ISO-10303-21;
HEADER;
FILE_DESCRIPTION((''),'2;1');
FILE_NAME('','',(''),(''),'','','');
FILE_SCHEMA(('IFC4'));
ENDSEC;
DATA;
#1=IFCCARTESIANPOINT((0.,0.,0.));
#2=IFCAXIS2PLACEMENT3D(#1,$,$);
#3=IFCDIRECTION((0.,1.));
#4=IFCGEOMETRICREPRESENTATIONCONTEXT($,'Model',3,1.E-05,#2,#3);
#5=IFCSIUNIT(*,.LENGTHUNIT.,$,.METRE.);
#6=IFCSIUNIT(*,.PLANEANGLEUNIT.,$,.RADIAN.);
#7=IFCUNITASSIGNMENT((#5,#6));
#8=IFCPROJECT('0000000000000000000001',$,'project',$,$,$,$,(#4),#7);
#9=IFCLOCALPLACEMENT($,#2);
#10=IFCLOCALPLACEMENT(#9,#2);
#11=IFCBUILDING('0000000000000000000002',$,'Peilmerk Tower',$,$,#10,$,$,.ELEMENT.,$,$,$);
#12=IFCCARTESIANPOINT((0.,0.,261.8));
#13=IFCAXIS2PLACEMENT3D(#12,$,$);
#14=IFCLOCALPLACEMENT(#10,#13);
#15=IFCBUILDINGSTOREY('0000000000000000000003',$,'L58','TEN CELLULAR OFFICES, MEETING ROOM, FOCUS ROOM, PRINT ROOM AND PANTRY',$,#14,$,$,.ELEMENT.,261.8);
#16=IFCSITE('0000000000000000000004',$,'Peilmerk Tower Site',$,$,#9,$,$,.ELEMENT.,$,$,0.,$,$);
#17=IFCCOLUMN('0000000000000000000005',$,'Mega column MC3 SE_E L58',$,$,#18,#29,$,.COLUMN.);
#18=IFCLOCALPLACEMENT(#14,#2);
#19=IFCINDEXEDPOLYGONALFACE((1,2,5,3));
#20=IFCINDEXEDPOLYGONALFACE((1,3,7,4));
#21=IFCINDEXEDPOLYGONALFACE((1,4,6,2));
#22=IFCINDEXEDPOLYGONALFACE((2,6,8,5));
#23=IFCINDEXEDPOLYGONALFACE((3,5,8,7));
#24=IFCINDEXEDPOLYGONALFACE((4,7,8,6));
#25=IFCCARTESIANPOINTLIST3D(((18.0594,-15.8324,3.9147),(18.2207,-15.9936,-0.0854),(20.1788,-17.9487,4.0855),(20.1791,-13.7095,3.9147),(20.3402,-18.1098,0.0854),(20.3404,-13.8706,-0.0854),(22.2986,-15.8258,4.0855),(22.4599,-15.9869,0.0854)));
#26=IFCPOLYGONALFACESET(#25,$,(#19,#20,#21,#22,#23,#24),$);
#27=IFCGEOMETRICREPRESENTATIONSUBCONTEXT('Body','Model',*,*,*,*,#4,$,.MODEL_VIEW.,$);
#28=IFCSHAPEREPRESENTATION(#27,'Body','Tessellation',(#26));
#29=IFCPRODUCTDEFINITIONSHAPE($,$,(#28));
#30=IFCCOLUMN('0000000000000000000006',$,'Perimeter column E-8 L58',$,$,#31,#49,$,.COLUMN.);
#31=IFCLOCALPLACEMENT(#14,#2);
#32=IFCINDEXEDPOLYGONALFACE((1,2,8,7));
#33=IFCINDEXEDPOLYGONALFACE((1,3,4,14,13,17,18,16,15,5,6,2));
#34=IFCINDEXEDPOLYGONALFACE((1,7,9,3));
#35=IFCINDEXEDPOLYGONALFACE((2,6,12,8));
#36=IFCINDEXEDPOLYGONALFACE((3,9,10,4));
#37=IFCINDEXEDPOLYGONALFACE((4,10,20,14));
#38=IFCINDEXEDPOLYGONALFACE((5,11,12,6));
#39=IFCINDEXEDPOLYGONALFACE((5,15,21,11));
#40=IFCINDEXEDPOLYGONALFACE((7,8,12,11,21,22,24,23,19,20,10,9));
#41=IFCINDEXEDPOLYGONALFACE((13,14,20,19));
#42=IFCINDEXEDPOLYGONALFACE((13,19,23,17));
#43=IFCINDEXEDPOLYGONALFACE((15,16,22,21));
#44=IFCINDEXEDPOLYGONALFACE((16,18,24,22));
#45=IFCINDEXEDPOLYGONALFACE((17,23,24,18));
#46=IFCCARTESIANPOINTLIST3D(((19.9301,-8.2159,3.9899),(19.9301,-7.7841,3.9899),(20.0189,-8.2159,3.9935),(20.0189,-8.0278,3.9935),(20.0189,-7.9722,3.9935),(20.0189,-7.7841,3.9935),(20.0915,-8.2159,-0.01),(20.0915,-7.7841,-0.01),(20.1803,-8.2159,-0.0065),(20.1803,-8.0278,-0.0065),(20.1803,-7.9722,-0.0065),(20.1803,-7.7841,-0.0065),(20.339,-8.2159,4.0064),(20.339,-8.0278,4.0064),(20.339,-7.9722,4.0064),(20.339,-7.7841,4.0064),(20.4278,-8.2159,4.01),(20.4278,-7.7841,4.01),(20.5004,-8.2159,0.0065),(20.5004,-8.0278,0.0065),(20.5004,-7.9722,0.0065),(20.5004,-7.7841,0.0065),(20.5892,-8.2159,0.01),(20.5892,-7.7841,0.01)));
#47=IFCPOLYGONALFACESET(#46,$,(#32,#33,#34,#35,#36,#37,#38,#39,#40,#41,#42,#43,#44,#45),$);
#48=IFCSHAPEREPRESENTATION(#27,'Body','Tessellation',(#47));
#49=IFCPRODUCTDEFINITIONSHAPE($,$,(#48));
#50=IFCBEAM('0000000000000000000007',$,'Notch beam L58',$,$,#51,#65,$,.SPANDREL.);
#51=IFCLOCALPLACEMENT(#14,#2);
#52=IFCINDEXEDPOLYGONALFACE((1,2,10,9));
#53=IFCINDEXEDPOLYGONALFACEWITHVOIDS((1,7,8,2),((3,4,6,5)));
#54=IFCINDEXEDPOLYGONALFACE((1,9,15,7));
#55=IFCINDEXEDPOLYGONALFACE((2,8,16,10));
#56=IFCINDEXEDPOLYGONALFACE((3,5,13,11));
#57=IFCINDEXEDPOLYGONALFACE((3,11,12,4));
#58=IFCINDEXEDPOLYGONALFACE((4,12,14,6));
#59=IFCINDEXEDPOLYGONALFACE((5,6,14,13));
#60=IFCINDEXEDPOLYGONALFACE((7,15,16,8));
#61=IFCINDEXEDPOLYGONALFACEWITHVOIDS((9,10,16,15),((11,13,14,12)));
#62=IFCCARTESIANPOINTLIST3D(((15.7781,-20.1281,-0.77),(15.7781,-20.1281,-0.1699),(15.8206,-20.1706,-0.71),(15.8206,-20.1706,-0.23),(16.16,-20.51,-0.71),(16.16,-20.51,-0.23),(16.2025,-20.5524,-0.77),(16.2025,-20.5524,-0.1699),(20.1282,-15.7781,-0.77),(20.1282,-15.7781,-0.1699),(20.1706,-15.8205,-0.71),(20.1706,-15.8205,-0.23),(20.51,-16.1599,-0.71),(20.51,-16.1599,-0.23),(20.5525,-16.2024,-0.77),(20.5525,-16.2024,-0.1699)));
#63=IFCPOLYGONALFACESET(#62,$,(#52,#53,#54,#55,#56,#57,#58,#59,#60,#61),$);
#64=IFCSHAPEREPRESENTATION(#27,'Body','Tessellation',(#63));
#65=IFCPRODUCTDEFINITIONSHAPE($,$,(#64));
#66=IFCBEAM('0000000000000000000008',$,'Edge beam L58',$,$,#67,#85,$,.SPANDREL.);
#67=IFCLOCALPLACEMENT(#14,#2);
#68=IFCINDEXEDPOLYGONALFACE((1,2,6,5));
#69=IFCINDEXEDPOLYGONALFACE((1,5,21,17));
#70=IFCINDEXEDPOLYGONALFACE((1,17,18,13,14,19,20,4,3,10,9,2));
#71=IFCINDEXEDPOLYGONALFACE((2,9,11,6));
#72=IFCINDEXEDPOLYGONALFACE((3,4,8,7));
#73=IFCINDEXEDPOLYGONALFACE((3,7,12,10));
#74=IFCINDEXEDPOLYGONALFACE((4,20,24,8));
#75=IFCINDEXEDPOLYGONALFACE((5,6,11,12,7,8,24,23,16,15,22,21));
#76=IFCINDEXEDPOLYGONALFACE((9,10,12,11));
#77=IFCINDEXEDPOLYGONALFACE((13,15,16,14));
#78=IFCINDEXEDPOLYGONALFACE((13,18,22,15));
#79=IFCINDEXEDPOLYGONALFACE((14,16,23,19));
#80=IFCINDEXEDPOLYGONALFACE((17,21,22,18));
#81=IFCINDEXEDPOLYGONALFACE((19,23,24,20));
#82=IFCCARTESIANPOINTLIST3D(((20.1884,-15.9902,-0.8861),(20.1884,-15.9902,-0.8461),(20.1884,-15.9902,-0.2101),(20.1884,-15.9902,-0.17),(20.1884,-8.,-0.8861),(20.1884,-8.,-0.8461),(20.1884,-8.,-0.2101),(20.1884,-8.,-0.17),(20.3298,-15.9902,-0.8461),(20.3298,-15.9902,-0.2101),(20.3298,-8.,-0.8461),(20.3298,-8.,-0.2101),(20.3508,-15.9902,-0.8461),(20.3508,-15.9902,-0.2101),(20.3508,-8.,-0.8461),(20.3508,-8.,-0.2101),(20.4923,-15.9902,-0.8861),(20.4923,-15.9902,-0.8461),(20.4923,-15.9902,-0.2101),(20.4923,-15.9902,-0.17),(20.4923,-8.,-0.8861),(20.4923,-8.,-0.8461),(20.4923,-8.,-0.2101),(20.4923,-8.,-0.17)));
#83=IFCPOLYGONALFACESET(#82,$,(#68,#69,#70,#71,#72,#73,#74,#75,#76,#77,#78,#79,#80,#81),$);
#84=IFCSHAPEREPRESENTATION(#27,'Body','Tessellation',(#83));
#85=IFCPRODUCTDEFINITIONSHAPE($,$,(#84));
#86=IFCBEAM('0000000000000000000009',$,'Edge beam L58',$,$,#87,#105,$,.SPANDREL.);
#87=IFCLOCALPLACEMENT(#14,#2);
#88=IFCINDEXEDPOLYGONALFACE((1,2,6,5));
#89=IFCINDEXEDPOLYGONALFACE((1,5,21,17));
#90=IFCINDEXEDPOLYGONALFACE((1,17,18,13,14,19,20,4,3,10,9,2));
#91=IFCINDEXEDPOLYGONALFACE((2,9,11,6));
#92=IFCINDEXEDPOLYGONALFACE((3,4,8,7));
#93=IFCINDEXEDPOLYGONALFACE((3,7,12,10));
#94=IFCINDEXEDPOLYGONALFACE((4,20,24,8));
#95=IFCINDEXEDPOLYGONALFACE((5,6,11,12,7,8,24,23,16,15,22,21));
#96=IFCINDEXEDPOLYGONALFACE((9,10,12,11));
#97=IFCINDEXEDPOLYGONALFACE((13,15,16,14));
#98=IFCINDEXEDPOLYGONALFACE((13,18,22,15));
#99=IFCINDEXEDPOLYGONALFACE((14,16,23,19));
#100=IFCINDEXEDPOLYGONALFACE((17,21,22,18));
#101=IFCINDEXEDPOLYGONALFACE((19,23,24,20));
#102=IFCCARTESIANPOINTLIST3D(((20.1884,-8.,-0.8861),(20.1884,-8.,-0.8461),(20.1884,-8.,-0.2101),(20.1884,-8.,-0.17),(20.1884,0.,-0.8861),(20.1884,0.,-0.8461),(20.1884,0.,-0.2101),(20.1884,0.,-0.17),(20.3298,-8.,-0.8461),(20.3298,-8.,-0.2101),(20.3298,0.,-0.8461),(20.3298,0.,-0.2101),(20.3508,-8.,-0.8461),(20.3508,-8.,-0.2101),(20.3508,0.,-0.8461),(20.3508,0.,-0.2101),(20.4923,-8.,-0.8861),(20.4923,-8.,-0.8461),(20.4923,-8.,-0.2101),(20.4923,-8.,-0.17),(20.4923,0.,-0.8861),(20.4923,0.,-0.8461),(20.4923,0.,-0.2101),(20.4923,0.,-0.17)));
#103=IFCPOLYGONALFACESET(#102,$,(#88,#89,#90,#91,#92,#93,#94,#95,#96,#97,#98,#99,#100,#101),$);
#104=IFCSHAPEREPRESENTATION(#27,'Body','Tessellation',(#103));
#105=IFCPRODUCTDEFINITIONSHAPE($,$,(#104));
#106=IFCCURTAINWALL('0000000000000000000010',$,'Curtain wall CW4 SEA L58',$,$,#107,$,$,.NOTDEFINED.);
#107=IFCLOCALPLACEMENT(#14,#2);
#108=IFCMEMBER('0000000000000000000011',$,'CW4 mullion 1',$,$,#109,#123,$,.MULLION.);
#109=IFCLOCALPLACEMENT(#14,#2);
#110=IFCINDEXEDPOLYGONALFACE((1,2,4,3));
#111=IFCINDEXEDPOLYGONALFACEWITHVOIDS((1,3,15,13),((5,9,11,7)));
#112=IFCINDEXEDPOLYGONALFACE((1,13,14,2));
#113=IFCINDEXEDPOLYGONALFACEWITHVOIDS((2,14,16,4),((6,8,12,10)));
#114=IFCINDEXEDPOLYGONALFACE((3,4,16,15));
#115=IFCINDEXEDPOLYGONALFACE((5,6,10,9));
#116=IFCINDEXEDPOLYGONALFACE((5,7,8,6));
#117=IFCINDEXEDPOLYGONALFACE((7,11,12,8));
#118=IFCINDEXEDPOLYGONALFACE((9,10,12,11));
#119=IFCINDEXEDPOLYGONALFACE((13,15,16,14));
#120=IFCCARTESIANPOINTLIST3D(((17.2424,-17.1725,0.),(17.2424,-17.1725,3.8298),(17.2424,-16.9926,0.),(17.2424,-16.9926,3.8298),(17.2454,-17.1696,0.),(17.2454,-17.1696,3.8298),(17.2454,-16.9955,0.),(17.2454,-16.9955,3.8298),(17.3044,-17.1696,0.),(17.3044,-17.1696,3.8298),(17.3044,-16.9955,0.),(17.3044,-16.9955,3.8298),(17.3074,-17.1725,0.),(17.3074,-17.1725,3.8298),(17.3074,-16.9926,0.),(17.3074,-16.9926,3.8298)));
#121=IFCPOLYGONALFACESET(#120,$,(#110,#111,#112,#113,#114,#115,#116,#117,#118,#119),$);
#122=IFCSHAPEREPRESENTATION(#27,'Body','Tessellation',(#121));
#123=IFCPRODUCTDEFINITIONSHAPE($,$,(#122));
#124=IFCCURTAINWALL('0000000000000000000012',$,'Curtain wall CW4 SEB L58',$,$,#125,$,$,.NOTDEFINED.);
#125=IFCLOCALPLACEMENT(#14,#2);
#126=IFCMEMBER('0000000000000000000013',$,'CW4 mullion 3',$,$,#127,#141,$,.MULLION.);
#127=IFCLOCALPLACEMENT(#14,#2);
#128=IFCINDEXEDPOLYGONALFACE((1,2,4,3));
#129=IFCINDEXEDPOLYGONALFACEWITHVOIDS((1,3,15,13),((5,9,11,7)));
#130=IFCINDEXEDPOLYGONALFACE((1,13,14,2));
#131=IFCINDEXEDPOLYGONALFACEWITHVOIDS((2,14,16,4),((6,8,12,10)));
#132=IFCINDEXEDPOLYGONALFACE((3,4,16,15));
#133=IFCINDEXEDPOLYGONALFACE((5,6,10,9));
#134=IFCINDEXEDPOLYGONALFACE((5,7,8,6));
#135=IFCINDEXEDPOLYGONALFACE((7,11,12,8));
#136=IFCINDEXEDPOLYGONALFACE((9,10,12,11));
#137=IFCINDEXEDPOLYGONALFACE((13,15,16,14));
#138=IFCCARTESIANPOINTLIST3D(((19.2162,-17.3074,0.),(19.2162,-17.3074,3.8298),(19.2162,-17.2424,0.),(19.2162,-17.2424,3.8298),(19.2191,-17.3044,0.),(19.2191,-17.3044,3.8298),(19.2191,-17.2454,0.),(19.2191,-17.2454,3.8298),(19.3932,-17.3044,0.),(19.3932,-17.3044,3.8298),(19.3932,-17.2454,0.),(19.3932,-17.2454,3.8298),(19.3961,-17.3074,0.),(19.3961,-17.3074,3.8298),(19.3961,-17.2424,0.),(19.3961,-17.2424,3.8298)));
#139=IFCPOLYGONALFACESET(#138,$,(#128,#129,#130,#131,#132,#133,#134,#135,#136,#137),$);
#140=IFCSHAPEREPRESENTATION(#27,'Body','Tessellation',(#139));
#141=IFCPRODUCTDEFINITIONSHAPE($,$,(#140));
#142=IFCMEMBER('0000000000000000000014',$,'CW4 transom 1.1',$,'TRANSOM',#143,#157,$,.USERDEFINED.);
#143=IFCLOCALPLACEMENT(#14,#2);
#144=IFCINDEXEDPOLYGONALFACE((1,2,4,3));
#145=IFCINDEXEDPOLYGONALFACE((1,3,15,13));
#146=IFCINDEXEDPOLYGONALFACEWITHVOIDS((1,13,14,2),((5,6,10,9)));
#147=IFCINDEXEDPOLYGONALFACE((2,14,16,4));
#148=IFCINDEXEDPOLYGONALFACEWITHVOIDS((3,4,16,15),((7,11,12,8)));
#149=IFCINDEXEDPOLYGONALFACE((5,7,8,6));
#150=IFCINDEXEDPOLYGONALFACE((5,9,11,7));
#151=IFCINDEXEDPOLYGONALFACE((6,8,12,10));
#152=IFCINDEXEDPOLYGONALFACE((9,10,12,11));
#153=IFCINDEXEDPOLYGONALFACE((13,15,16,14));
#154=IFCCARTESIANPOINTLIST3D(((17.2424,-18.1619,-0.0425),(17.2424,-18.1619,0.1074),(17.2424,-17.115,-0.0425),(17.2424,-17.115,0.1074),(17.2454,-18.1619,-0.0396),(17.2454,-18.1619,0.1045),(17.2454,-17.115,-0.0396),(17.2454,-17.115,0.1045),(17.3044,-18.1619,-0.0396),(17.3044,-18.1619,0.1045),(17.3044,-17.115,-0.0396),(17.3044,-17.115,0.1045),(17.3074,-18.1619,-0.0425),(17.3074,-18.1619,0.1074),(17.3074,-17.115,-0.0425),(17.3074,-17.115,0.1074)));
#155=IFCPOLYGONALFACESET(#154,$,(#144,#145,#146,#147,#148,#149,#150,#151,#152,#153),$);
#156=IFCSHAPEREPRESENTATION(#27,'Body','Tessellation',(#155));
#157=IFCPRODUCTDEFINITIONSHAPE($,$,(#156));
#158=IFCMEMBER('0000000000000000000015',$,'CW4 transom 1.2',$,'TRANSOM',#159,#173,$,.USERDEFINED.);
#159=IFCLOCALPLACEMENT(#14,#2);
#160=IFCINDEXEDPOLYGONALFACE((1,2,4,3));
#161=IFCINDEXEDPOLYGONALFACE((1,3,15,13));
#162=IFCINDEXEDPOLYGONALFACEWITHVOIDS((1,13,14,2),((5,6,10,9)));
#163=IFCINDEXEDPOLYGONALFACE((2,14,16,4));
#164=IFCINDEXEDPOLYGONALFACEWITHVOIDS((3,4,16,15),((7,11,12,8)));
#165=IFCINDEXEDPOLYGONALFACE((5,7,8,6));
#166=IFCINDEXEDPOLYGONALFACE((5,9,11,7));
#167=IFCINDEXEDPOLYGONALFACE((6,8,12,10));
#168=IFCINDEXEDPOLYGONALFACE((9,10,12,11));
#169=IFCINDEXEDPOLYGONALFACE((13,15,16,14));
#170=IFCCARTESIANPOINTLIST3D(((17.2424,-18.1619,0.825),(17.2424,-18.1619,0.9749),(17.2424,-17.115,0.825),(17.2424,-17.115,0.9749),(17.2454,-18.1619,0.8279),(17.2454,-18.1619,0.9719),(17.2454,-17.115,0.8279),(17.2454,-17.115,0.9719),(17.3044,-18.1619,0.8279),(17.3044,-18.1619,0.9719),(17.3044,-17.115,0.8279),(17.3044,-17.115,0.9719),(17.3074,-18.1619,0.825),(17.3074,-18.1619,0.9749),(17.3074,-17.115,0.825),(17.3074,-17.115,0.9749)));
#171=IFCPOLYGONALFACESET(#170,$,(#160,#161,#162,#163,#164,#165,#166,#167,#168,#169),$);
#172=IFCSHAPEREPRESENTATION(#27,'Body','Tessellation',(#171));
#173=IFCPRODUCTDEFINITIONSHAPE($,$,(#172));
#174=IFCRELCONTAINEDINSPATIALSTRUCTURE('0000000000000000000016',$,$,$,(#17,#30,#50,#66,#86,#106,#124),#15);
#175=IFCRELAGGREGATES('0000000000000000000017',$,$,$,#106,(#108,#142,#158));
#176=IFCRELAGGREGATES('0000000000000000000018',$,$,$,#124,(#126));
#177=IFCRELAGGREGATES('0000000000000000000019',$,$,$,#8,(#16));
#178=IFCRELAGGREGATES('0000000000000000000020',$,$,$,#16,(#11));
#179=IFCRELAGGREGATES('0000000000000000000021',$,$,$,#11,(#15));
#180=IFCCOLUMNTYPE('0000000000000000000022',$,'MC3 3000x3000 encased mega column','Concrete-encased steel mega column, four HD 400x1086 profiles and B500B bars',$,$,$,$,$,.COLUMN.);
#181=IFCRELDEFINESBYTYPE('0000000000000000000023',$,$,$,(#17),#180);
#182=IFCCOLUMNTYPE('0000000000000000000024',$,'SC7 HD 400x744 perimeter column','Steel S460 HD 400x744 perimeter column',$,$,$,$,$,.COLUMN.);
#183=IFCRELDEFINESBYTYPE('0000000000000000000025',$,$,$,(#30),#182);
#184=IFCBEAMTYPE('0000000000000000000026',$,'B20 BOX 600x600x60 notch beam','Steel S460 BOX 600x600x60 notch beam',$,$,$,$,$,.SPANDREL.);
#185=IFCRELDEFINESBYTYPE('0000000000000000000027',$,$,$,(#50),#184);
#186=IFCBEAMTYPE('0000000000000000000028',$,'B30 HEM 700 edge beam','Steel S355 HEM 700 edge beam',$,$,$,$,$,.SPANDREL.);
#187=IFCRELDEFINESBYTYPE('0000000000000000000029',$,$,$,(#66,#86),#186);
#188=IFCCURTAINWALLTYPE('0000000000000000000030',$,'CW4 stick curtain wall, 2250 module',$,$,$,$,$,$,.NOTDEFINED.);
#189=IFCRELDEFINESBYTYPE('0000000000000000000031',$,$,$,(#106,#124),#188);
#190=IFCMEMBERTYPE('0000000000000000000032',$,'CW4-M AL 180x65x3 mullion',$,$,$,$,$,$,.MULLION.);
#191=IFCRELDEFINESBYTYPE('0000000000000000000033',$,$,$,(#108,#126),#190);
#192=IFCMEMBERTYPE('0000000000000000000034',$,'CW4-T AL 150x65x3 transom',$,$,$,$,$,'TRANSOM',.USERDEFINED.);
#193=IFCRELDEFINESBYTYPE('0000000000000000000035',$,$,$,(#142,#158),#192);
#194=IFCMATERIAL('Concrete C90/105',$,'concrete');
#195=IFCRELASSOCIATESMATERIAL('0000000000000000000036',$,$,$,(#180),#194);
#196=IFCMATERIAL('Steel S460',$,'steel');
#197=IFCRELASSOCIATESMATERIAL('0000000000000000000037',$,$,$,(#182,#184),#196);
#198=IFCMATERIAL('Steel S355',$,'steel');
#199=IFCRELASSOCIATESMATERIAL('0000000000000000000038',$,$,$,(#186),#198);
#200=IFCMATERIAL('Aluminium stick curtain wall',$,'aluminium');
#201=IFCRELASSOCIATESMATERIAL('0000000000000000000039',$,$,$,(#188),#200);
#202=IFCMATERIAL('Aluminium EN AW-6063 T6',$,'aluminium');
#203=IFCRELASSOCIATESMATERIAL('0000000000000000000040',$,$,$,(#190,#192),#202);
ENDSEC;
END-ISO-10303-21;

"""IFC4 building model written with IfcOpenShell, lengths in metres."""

from ifc_helpers import new_model, si_unit, direction, frame, origin, origin_2d, place, context, subcontext, project, spatial, rectangle, hollow_rectangle, i_section, extrude, material, material_profile, profile_set, type_object, element, aggregate, save


model = new_model("IFC4")

# Units and contexts
model_context = context("Model", 3, precision=1e-05, world=origin(), true_north=direction((0.0, 1.0)))
body_context = subcontext(model_context, "Body", "Model", "MODEL_VIEW")
ifc_project = project(units=[si_unit("LENGTHUNIT", "METRE"), si_unit("PLANEANGLEUNIT", "RADIAN")], contexts=[model_context])

# Site, building, storey
site_placement = place(None, origin())
site = spatial("IfcSite", under=ifc_project, at=site_placement, Name="Peilmerk Tower Site", CompositionType="ELEMENT", RefElevation=0.0)
building_placement = place(site_placement, origin())
building = spatial("IfcBuilding", under=site, at=building_placement, Name="Peilmerk Tower", CompositionType="ELEMENT")
storey_placement = place(building_placement, frame((0.0, 0.0, 261.8)))
storey = spatial("IfcBuildingStorey", under=building, at=storey_placement, Name="L58", Description="TEN CELLULAR OFFICES, MEETING ROOM, FOCUS ROOM, PRINT ROOM AND PANTRY", CompositionType="ELEMENT", Elevation=261.8)

# Columns
ifc_material_1 = material(Name="Concrete C90/105", Category="concrete")
ifc_material_profile_1 = material_profile(ifc_material_1, rectangle(XDim=3.0, YDim=3.0, at=origin_2d()), Name="RC 3000x3000")
ifc_profile_set_1 = profile_set([ifc_material_profile_1], Name="Concrete C90/105")
column_type_1 = type_object("IfcColumnType", Name="MC3 3000x3000 encased mega column", Description="Concrete-encased steel mega column, four HD 400x1086 profiles and B500B bars", PredefinedType="COLUMN", material=ifc_profile_set_1)
column_1_placement = place(storey_placement, frame((20.3403, -15.9902, 0.0), z_axis=(-0.040279, 0.040218, 0.998379), x_axis=(-0.706571, -0.707642, 0.0)))
element("IfcColumn", 1, at=column_1_placement, inside=storey, type_object=column_type_1, Name="Mega column MC3 SE_E L58", PredefinedType="COLUMN", context=body_context, shape_type="SweptSolid", body=[
    extrude(rectangle(XDim=3.0, YDim=3.0, at=origin_2d()), origin(), (0.0, 0.0, 1.0), 4.0066),
])
ifc_material_2 = material(Name="Steel S460", Category="steel")
ifc_material_profile_2 = material_profile(ifc_material_2, i_section(OverallWidth=0.4319, OverallDepth=0.498, WebThickness=0.0557, FlangeThickness=0.0889, at=origin_2d()), Name="HD 400x744")
ifc_profile_set_2 = profile_set([ifc_material_profile_2], Name="Steel S460")
column_type_2 = type_object("IfcColumnType", Name="SC7 HD 400x744 perimeter column", Description="Steel S460 HD 400x744 perimeter column", PredefinedType="COLUMN", material=ifc_profile_set_2)
column_2_placement = place(storey_placement, frame((20.3403, -8.0, 0.0), z_axis=(-0.040311, 0.0, 0.999187), x_axis=(0.0, -1.0, 0.0)))
element("IfcColumn", 2, at=column_2_placement, inside=storey, type_object=column_type_2, Name="Perimeter column E-8 L58", PredefinedType="COLUMN", context=body_context, shape_type="SweptSolid", body=[
    extrude(i_section(OverallWidth=0.4319, OverallDepth=0.498, WebThickness=0.0557, FlangeThickness=0.0889, at=origin_2d()), origin(), (0.0, 0.0, 1.0), 4.0032),
])

# Beams
ifc_material_profile_3 = material_profile(ifc_material_2, hollow_rectangle(XDim=0.6001, YDim=0.6001, WallThickness=0.0601, at=origin_2d()), Name="BOX 600x600x60")
ifc_profile_set_3 = profile_set([ifc_material_profile_3], Name="Steel S460")
beam_type_1 = type_object("IfcBeamType", Name="B20 BOX 600x600x60 notch beam", Description="Steel S460 BOX 600x600x60 notch beam", PredefinedType="SPANDREL", material=ifc_profile_set_3)
beam_1_placement = place(storey_placement, frame((20.3403, -15.9902, -0.47), z_axis=(-0.707107, -0.707107, 0.0), x_axis=(0.707107, -0.707107, 0.0)))
element("IfcBeam", 3, at=beam_1_placement, inside=storey, type_object=beam_type_1, Name="Notch beam L58", PredefinedType="SPANDREL", context=body_context, shape_type="SweptSolid", body=[
    extrude(hollow_rectangle(XDim=0.6001, YDim=0.6001, WallThickness=0.0601, at=origin_2d()), origin(), (0.0, 0.0, 1.0), 6.1519),
])
ifc_material_3 = material(Name="Steel S355", Category="steel")
ifc_material_profile_4 = material_profile(ifc_material_3, i_section(OverallWidth=0.304, OverallDepth=0.7161, WebThickness=0.021, FlangeThickness=0.04, at=origin_2d()), Name="HEM 700")
ifc_profile_set_4 = profile_set([ifc_material_profile_4], Name="Steel S355")
beam_type_2 = type_object("IfcBeamType", Name="B30 HEM 700 edge beam", Description="Steel S355 HEM 700 edge beam", PredefinedType="SPANDREL", material=ifc_profile_set_4)
beam_2_placement = place(storey_placement, frame((20.3403, -15.9902, -0.5281), z_axis=(0.0, 1.0, 0.0), x_axis=(-1.0, 0.0, 0.0)))
element("IfcBeam", 4, at=beam_2_placement, inside=storey, type_object=beam_type_2, Name="Edge beam L58", PredefinedType="SPANDREL", context=body_context, shape_type="SweptSolid", body=[
    extrude(i_section(OverallWidth=0.304, OverallDepth=0.7161, WebThickness=0.021, FlangeThickness=0.04, at=origin_2d()), origin(), (0.0, 0.0, 1.0), 7.9902),
])
beam_3_placement = place(storey_placement, frame((20.3403, -8.0, -0.5281), z_axis=(0.0, 1.0, 0.0), x_axis=(-1.0, 0.0, 0.0)))
element("IfcBeam", 5, at=beam_3_placement, inside=storey, type_object=beam_type_2, Name="Edge beam L58", PredefinedType="SPANDREL", context=body_context, shape_type="SweptSolid", body=[
    extrude(i_section(OverallWidth=0.304, OverallDepth=0.7161, WebThickness=0.021, FlangeThickness=0.04, at=origin_2d()), origin(), (0.0, 0.0, 1.0), 8.0),
])

# Curtain walls, members
ifc_material_4 = material(Name="Aluminium stick curtain wall", Category="aluminium")
curtain_wall_type = type_object("IfcCurtainWallType", Name="CW4 stick curtain wall, 2250 module", PredefinedType="NOTDEFINED", material=ifc_material_4)
curtain_wall_1_placement = place(storey_placement, origin())
curtain_wall_1 = element("IfcCurtainWall", 6, at=curtain_wall_1_placement, inside=storey, type_object=curtain_wall_type, Name="Curtain wall CW4 SEA L58", PredefinedType="NOTDEFINED")
ifc_material_5 = material(Name="Aluminium EN AW-6063 T6", Category="aluminium")
ifc_material_profile_5 = material_profile(ifc_material_5, hollow_rectangle(XDim=0.0649, YDim=0.1799, WallThickness=0.0029, at=origin_2d()), Name="AL 180x65x3")
ifc_profile_set_5 = profile_set([ifc_material_profile_5], Name="Aluminium EN AW-6063 T6")
member_type_1 = type_object("IfcMemberType", Name="CW4-M AL 180x65x3 mullion", PredefinedType="MULLION", material=ifc_profile_set_5)
member_1_placement = place(storey_placement, frame((17.2749, -17.0825, 0.0), z_axis=(0.0, 0.0, 1.0), x_axis=(1.0, 0.0, 0.0)))
member_1 = element("IfcMember", 7, at=member_1_placement, type_object=member_type_1, Name="CW4 mullion 1", PredefinedType="MULLION", context=body_context, shape_type="SweptSolid", body=[
    extrude(hollow_rectangle(XDim=0.0649, YDim=0.1799, WallThickness=0.0029, at=origin_2d()), origin(), (0.0, 0.0, 1.0), 3.8298),
])
curtain_wall_2_placement = place(storey_placement, origin())
curtain_wall_2 = element("IfcCurtainWall", 8, at=curtain_wall_2_placement, inside=storey, type_object=curtain_wall_type, Name="Curtain wall CW4 SEB L58", PredefinedType="NOTDEFINED")
member_2_placement = place(storey_placement, frame((19.3062, -17.2749, 0.0), z_axis=(0.0, 0.0, 1.0), x_axis=(0.0, 1.0, 0.0)))
member_2 = element("IfcMember", 9, at=member_2_placement, type_object=member_type_1, Name="CW4 mullion 3", PredefinedType="MULLION", context=body_context, shape_type="SweptSolid", body=[
    extrude(hollow_rectangle(XDim=0.0649, YDim=0.1799, WallThickness=0.0029, at=origin_2d()), origin(), (0.0, 0.0, 1.0), 3.8298),
])

# Members
ifc_material_profile_6 = material_profile(ifc_material_5, hollow_rectangle(XDim=0.0649, YDim=0.1499, WallThickness=0.0029, at=origin_2d()), Name="AL 150x65x3")
ifc_profile_set_6 = profile_set([ifc_material_profile_6], Name="Aluminium EN AW-6063 T6")
member_type_2 = type_object("IfcMemberType", Name="CW4-T AL 150x65x3 transom", ElementType="TRANSOM", PredefinedType="USERDEFINED", material=ifc_profile_set_6)
member_3_placement = place(storey_placement, frame((17.2749, -17.115, 0.0325), z_axis=(0.0, -1.0, 0.0), x_axis=(1.0, 0.0, 0.0)))
member_3 = element("IfcMember", 10, at=member_3_placement, type_object=member_type_2, Name="CW4 transom 1.1", ObjectType="TRANSOM", PredefinedType="USERDEFINED", context=body_context, shape_type="SweptSolid", body=[
    extrude(hollow_rectangle(XDim=0.0649, YDim=0.1499, WallThickness=0.0029, at=origin_2d()), origin(), (0.0, 0.0, 1.0), 1.0469),
])
member_4_placement = place(storey_placement, frame((17.2749, -17.115, 0.8999), z_axis=(0.0, -1.0, 0.0), x_axis=(1.0, 0.0, 0.0)))
member_4 = element("IfcMember", 11, at=member_4_placement, type_object=member_type_2, Name="CW4 transom 1.2", ObjectType="TRANSOM", PredefinedType="USERDEFINED", context=body_context, shape_type="SweptSolid", body=[
    extrude(hollow_rectangle(XDim=0.0649, YDim=0.1499, WallThickness=0.0029, at=origin_2d()), origin(), (0.0, 0.0, 1.0), 1.0469),
])
aggregate(curtain_wall_1, [member_1, member_3, member_4])

aggregate(curtain_wall_2, [member_2])

save(model, "model.ifc")
